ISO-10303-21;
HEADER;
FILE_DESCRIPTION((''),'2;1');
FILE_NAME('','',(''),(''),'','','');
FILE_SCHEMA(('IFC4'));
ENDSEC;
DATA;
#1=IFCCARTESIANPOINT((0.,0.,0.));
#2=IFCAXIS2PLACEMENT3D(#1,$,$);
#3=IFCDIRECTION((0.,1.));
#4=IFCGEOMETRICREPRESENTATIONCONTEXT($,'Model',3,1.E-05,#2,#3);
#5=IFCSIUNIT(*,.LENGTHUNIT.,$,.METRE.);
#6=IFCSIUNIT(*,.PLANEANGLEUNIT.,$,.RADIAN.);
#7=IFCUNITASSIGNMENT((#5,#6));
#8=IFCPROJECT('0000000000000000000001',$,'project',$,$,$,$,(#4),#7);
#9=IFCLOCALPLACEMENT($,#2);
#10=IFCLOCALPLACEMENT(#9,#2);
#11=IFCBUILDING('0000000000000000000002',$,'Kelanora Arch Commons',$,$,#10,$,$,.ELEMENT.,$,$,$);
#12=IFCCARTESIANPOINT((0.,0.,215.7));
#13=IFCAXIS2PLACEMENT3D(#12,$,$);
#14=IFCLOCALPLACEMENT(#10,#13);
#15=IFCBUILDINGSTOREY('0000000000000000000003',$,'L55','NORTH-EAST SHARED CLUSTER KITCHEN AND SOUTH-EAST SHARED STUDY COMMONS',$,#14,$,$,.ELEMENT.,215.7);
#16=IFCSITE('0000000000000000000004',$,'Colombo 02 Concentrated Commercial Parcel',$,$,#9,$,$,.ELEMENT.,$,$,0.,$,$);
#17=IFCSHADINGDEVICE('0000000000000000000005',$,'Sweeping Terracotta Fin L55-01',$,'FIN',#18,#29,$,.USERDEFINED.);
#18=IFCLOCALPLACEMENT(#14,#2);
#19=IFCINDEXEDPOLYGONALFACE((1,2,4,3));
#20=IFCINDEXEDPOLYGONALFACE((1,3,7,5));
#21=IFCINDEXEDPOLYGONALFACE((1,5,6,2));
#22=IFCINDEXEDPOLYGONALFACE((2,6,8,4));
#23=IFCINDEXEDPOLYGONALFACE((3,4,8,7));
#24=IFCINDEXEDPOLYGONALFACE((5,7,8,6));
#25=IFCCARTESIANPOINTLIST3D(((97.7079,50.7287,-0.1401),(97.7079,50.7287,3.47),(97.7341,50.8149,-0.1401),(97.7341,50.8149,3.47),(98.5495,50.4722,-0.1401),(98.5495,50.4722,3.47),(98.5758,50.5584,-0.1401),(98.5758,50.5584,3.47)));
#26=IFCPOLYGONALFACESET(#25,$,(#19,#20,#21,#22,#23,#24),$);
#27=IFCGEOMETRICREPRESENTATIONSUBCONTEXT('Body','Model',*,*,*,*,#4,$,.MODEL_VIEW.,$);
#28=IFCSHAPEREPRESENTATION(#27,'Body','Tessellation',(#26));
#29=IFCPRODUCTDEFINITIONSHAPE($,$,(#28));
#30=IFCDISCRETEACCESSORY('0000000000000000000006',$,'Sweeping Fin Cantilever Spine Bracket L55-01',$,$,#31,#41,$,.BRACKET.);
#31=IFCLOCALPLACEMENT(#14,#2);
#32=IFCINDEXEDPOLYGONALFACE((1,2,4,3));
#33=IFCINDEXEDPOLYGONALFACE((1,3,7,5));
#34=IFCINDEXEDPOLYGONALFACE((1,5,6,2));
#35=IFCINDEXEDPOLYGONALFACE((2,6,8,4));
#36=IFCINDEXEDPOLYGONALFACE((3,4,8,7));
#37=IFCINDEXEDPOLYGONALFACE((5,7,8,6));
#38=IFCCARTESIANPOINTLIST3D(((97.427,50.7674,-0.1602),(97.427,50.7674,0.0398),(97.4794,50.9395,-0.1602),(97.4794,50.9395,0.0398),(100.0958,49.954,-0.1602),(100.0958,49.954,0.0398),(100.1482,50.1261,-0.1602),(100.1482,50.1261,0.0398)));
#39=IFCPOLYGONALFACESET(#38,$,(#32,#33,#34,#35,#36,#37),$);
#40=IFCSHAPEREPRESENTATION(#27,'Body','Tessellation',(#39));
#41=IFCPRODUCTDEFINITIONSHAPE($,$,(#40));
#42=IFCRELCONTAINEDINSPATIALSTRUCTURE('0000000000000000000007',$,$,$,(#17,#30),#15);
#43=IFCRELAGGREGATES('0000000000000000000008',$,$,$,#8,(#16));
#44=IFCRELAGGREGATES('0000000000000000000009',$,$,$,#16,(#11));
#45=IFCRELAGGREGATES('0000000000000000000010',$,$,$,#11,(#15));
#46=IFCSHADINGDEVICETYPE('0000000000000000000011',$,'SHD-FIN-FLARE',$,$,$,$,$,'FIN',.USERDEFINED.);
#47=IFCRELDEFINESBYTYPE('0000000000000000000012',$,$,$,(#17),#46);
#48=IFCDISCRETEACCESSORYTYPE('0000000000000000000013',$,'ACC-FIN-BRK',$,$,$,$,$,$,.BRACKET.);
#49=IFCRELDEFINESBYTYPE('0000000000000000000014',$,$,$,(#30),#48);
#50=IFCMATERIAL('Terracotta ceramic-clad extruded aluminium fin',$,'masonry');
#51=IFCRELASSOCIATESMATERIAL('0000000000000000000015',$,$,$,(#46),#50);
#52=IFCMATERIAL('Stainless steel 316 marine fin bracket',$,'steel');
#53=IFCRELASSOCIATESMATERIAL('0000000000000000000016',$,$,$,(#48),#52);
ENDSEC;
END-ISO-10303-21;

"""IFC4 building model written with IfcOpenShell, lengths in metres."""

from ifc_helpers import new_model, si_unit, direction, frame, origin, origin_2d, place, context, subcontext, project, spatial, rectangle, extrude, source, transform, mapped, material, type_object, element, save


model = new_model("IFC4")

# Units and contexts
model_context = context("Model", 3, precision=1e-05, world=origin(), true_north=direction((0.0, 1.0)))
body_context = subcontext(model_context, "Body", "Model", "MODEL_VIEW")
ifc_project = project(units=[si_unit("LENGTHUNIT", "METRE"), si_unit("PLANEANGLEUNIT", "RADIAN")], contexts=[model_context])

# Site, building, storey
site_placement = place(None, origin())
site = spatial("IfcSite", under=ifc_project, at=site_placement, Name="Colombo 02 Concentrated Commercial Parcel", CompositionType="ELEMENT", RefElevation=0.0)
building_placement = place(site_placement, origin())
building = spatial("IfcBuilding", under=site, at=building_placement, Name="Kelanora Arch Commons", CompositionType="ELEMENT")
storey_placement = place(building_placement, frame((0.0, 0.0, 215.7)))
storey = spatial("IfcBuildingStorey", under=building, at=storey_placement, Name="L55", Description="NORTH-EAST SHARED CLUSTER KITCHEN AND SOUTH-EAST SHARED STUDY COMMONS", CompositionType="ELEMENT", Elevation=215.7)

# Shading device
ifc_material_1 = material(Name="Terracotta ceramic-clad extruded aluminium fin", Category="masonry")
shading_device_type = type_object("IfcShadingDeviceType", Name="SHD-FIN-FLARE", ElementType="FIN", PredefinedType="USERDEFINED", material=ifc_material_1)
shared_shape_1 = source(origin(), body_context, "Body", "SweptSolid", [
    extrude(rectangle(XDim=0.8799, YDim=0.0901, at=origin_2d()), origin(), (0.0, 0.0, 1.0), 3.6101),
])
shading_device_placement = place(storey_placement, frame((98.1418, 50.6436, -0.1401), z_axis=(0.0, 0.0, 1.0), x_axis=(0.95656, -0.291537, 0.0)))
element("IfcShadingDevice", 1, at=shading_device_placement, inside=storey, type_object=shading_device_type, Name="Sweeping Terracotta Fin L55-01", ObjectType="FIN", PredefinedType="USERDEFINED", context=body_context, shape_type="MappedRepresentation", body=[
    mapped(shared_shape_1, transform((0.0, 0.0, 0.0), scale=1.0)),
])

# Discrete accessory
ifc_material_2 = material(Name="Stainless steel 316 marine fin bracket", Category="steel")
discrete_accessory_type = type_object("IfcDiscreteAccessoryType", Name="ACC-FIN-BRK", PredefinedType="BRACKET", material=ifc_material_2)
shared_shape_2 = source(origin(), body_context, "Body", "SweptSolid", [
    extrude(rectangle(XDim=2.79, YDim=0.1799, at=origin_2d()), origin(), (0.0, 0.0, 1.0), 0.2),
])
discrete_accessory_placement = place(storey_placement, frame((98.7876, 50.4468, -0.1602), z_axis=(0.0, 0.0, 1.0), x_axis=(0.95656, -0.291537, 0.0)))
element("IfcDiscreteAccessory", 2, at=discrete_accessory_placement, inside=storey, type_object=discrete_accessory_type, Name="Sweeping Fin Cantilever Spine Bracket L55-01", PredefinedType="BRACKET", context=body_context, shape_type="MappedRepresentation", body=[
    mapped(shared_shape_2, transform((0.0, 0.0, 0.0), scale=1.0)),
])

save(model, "model.ifc")
